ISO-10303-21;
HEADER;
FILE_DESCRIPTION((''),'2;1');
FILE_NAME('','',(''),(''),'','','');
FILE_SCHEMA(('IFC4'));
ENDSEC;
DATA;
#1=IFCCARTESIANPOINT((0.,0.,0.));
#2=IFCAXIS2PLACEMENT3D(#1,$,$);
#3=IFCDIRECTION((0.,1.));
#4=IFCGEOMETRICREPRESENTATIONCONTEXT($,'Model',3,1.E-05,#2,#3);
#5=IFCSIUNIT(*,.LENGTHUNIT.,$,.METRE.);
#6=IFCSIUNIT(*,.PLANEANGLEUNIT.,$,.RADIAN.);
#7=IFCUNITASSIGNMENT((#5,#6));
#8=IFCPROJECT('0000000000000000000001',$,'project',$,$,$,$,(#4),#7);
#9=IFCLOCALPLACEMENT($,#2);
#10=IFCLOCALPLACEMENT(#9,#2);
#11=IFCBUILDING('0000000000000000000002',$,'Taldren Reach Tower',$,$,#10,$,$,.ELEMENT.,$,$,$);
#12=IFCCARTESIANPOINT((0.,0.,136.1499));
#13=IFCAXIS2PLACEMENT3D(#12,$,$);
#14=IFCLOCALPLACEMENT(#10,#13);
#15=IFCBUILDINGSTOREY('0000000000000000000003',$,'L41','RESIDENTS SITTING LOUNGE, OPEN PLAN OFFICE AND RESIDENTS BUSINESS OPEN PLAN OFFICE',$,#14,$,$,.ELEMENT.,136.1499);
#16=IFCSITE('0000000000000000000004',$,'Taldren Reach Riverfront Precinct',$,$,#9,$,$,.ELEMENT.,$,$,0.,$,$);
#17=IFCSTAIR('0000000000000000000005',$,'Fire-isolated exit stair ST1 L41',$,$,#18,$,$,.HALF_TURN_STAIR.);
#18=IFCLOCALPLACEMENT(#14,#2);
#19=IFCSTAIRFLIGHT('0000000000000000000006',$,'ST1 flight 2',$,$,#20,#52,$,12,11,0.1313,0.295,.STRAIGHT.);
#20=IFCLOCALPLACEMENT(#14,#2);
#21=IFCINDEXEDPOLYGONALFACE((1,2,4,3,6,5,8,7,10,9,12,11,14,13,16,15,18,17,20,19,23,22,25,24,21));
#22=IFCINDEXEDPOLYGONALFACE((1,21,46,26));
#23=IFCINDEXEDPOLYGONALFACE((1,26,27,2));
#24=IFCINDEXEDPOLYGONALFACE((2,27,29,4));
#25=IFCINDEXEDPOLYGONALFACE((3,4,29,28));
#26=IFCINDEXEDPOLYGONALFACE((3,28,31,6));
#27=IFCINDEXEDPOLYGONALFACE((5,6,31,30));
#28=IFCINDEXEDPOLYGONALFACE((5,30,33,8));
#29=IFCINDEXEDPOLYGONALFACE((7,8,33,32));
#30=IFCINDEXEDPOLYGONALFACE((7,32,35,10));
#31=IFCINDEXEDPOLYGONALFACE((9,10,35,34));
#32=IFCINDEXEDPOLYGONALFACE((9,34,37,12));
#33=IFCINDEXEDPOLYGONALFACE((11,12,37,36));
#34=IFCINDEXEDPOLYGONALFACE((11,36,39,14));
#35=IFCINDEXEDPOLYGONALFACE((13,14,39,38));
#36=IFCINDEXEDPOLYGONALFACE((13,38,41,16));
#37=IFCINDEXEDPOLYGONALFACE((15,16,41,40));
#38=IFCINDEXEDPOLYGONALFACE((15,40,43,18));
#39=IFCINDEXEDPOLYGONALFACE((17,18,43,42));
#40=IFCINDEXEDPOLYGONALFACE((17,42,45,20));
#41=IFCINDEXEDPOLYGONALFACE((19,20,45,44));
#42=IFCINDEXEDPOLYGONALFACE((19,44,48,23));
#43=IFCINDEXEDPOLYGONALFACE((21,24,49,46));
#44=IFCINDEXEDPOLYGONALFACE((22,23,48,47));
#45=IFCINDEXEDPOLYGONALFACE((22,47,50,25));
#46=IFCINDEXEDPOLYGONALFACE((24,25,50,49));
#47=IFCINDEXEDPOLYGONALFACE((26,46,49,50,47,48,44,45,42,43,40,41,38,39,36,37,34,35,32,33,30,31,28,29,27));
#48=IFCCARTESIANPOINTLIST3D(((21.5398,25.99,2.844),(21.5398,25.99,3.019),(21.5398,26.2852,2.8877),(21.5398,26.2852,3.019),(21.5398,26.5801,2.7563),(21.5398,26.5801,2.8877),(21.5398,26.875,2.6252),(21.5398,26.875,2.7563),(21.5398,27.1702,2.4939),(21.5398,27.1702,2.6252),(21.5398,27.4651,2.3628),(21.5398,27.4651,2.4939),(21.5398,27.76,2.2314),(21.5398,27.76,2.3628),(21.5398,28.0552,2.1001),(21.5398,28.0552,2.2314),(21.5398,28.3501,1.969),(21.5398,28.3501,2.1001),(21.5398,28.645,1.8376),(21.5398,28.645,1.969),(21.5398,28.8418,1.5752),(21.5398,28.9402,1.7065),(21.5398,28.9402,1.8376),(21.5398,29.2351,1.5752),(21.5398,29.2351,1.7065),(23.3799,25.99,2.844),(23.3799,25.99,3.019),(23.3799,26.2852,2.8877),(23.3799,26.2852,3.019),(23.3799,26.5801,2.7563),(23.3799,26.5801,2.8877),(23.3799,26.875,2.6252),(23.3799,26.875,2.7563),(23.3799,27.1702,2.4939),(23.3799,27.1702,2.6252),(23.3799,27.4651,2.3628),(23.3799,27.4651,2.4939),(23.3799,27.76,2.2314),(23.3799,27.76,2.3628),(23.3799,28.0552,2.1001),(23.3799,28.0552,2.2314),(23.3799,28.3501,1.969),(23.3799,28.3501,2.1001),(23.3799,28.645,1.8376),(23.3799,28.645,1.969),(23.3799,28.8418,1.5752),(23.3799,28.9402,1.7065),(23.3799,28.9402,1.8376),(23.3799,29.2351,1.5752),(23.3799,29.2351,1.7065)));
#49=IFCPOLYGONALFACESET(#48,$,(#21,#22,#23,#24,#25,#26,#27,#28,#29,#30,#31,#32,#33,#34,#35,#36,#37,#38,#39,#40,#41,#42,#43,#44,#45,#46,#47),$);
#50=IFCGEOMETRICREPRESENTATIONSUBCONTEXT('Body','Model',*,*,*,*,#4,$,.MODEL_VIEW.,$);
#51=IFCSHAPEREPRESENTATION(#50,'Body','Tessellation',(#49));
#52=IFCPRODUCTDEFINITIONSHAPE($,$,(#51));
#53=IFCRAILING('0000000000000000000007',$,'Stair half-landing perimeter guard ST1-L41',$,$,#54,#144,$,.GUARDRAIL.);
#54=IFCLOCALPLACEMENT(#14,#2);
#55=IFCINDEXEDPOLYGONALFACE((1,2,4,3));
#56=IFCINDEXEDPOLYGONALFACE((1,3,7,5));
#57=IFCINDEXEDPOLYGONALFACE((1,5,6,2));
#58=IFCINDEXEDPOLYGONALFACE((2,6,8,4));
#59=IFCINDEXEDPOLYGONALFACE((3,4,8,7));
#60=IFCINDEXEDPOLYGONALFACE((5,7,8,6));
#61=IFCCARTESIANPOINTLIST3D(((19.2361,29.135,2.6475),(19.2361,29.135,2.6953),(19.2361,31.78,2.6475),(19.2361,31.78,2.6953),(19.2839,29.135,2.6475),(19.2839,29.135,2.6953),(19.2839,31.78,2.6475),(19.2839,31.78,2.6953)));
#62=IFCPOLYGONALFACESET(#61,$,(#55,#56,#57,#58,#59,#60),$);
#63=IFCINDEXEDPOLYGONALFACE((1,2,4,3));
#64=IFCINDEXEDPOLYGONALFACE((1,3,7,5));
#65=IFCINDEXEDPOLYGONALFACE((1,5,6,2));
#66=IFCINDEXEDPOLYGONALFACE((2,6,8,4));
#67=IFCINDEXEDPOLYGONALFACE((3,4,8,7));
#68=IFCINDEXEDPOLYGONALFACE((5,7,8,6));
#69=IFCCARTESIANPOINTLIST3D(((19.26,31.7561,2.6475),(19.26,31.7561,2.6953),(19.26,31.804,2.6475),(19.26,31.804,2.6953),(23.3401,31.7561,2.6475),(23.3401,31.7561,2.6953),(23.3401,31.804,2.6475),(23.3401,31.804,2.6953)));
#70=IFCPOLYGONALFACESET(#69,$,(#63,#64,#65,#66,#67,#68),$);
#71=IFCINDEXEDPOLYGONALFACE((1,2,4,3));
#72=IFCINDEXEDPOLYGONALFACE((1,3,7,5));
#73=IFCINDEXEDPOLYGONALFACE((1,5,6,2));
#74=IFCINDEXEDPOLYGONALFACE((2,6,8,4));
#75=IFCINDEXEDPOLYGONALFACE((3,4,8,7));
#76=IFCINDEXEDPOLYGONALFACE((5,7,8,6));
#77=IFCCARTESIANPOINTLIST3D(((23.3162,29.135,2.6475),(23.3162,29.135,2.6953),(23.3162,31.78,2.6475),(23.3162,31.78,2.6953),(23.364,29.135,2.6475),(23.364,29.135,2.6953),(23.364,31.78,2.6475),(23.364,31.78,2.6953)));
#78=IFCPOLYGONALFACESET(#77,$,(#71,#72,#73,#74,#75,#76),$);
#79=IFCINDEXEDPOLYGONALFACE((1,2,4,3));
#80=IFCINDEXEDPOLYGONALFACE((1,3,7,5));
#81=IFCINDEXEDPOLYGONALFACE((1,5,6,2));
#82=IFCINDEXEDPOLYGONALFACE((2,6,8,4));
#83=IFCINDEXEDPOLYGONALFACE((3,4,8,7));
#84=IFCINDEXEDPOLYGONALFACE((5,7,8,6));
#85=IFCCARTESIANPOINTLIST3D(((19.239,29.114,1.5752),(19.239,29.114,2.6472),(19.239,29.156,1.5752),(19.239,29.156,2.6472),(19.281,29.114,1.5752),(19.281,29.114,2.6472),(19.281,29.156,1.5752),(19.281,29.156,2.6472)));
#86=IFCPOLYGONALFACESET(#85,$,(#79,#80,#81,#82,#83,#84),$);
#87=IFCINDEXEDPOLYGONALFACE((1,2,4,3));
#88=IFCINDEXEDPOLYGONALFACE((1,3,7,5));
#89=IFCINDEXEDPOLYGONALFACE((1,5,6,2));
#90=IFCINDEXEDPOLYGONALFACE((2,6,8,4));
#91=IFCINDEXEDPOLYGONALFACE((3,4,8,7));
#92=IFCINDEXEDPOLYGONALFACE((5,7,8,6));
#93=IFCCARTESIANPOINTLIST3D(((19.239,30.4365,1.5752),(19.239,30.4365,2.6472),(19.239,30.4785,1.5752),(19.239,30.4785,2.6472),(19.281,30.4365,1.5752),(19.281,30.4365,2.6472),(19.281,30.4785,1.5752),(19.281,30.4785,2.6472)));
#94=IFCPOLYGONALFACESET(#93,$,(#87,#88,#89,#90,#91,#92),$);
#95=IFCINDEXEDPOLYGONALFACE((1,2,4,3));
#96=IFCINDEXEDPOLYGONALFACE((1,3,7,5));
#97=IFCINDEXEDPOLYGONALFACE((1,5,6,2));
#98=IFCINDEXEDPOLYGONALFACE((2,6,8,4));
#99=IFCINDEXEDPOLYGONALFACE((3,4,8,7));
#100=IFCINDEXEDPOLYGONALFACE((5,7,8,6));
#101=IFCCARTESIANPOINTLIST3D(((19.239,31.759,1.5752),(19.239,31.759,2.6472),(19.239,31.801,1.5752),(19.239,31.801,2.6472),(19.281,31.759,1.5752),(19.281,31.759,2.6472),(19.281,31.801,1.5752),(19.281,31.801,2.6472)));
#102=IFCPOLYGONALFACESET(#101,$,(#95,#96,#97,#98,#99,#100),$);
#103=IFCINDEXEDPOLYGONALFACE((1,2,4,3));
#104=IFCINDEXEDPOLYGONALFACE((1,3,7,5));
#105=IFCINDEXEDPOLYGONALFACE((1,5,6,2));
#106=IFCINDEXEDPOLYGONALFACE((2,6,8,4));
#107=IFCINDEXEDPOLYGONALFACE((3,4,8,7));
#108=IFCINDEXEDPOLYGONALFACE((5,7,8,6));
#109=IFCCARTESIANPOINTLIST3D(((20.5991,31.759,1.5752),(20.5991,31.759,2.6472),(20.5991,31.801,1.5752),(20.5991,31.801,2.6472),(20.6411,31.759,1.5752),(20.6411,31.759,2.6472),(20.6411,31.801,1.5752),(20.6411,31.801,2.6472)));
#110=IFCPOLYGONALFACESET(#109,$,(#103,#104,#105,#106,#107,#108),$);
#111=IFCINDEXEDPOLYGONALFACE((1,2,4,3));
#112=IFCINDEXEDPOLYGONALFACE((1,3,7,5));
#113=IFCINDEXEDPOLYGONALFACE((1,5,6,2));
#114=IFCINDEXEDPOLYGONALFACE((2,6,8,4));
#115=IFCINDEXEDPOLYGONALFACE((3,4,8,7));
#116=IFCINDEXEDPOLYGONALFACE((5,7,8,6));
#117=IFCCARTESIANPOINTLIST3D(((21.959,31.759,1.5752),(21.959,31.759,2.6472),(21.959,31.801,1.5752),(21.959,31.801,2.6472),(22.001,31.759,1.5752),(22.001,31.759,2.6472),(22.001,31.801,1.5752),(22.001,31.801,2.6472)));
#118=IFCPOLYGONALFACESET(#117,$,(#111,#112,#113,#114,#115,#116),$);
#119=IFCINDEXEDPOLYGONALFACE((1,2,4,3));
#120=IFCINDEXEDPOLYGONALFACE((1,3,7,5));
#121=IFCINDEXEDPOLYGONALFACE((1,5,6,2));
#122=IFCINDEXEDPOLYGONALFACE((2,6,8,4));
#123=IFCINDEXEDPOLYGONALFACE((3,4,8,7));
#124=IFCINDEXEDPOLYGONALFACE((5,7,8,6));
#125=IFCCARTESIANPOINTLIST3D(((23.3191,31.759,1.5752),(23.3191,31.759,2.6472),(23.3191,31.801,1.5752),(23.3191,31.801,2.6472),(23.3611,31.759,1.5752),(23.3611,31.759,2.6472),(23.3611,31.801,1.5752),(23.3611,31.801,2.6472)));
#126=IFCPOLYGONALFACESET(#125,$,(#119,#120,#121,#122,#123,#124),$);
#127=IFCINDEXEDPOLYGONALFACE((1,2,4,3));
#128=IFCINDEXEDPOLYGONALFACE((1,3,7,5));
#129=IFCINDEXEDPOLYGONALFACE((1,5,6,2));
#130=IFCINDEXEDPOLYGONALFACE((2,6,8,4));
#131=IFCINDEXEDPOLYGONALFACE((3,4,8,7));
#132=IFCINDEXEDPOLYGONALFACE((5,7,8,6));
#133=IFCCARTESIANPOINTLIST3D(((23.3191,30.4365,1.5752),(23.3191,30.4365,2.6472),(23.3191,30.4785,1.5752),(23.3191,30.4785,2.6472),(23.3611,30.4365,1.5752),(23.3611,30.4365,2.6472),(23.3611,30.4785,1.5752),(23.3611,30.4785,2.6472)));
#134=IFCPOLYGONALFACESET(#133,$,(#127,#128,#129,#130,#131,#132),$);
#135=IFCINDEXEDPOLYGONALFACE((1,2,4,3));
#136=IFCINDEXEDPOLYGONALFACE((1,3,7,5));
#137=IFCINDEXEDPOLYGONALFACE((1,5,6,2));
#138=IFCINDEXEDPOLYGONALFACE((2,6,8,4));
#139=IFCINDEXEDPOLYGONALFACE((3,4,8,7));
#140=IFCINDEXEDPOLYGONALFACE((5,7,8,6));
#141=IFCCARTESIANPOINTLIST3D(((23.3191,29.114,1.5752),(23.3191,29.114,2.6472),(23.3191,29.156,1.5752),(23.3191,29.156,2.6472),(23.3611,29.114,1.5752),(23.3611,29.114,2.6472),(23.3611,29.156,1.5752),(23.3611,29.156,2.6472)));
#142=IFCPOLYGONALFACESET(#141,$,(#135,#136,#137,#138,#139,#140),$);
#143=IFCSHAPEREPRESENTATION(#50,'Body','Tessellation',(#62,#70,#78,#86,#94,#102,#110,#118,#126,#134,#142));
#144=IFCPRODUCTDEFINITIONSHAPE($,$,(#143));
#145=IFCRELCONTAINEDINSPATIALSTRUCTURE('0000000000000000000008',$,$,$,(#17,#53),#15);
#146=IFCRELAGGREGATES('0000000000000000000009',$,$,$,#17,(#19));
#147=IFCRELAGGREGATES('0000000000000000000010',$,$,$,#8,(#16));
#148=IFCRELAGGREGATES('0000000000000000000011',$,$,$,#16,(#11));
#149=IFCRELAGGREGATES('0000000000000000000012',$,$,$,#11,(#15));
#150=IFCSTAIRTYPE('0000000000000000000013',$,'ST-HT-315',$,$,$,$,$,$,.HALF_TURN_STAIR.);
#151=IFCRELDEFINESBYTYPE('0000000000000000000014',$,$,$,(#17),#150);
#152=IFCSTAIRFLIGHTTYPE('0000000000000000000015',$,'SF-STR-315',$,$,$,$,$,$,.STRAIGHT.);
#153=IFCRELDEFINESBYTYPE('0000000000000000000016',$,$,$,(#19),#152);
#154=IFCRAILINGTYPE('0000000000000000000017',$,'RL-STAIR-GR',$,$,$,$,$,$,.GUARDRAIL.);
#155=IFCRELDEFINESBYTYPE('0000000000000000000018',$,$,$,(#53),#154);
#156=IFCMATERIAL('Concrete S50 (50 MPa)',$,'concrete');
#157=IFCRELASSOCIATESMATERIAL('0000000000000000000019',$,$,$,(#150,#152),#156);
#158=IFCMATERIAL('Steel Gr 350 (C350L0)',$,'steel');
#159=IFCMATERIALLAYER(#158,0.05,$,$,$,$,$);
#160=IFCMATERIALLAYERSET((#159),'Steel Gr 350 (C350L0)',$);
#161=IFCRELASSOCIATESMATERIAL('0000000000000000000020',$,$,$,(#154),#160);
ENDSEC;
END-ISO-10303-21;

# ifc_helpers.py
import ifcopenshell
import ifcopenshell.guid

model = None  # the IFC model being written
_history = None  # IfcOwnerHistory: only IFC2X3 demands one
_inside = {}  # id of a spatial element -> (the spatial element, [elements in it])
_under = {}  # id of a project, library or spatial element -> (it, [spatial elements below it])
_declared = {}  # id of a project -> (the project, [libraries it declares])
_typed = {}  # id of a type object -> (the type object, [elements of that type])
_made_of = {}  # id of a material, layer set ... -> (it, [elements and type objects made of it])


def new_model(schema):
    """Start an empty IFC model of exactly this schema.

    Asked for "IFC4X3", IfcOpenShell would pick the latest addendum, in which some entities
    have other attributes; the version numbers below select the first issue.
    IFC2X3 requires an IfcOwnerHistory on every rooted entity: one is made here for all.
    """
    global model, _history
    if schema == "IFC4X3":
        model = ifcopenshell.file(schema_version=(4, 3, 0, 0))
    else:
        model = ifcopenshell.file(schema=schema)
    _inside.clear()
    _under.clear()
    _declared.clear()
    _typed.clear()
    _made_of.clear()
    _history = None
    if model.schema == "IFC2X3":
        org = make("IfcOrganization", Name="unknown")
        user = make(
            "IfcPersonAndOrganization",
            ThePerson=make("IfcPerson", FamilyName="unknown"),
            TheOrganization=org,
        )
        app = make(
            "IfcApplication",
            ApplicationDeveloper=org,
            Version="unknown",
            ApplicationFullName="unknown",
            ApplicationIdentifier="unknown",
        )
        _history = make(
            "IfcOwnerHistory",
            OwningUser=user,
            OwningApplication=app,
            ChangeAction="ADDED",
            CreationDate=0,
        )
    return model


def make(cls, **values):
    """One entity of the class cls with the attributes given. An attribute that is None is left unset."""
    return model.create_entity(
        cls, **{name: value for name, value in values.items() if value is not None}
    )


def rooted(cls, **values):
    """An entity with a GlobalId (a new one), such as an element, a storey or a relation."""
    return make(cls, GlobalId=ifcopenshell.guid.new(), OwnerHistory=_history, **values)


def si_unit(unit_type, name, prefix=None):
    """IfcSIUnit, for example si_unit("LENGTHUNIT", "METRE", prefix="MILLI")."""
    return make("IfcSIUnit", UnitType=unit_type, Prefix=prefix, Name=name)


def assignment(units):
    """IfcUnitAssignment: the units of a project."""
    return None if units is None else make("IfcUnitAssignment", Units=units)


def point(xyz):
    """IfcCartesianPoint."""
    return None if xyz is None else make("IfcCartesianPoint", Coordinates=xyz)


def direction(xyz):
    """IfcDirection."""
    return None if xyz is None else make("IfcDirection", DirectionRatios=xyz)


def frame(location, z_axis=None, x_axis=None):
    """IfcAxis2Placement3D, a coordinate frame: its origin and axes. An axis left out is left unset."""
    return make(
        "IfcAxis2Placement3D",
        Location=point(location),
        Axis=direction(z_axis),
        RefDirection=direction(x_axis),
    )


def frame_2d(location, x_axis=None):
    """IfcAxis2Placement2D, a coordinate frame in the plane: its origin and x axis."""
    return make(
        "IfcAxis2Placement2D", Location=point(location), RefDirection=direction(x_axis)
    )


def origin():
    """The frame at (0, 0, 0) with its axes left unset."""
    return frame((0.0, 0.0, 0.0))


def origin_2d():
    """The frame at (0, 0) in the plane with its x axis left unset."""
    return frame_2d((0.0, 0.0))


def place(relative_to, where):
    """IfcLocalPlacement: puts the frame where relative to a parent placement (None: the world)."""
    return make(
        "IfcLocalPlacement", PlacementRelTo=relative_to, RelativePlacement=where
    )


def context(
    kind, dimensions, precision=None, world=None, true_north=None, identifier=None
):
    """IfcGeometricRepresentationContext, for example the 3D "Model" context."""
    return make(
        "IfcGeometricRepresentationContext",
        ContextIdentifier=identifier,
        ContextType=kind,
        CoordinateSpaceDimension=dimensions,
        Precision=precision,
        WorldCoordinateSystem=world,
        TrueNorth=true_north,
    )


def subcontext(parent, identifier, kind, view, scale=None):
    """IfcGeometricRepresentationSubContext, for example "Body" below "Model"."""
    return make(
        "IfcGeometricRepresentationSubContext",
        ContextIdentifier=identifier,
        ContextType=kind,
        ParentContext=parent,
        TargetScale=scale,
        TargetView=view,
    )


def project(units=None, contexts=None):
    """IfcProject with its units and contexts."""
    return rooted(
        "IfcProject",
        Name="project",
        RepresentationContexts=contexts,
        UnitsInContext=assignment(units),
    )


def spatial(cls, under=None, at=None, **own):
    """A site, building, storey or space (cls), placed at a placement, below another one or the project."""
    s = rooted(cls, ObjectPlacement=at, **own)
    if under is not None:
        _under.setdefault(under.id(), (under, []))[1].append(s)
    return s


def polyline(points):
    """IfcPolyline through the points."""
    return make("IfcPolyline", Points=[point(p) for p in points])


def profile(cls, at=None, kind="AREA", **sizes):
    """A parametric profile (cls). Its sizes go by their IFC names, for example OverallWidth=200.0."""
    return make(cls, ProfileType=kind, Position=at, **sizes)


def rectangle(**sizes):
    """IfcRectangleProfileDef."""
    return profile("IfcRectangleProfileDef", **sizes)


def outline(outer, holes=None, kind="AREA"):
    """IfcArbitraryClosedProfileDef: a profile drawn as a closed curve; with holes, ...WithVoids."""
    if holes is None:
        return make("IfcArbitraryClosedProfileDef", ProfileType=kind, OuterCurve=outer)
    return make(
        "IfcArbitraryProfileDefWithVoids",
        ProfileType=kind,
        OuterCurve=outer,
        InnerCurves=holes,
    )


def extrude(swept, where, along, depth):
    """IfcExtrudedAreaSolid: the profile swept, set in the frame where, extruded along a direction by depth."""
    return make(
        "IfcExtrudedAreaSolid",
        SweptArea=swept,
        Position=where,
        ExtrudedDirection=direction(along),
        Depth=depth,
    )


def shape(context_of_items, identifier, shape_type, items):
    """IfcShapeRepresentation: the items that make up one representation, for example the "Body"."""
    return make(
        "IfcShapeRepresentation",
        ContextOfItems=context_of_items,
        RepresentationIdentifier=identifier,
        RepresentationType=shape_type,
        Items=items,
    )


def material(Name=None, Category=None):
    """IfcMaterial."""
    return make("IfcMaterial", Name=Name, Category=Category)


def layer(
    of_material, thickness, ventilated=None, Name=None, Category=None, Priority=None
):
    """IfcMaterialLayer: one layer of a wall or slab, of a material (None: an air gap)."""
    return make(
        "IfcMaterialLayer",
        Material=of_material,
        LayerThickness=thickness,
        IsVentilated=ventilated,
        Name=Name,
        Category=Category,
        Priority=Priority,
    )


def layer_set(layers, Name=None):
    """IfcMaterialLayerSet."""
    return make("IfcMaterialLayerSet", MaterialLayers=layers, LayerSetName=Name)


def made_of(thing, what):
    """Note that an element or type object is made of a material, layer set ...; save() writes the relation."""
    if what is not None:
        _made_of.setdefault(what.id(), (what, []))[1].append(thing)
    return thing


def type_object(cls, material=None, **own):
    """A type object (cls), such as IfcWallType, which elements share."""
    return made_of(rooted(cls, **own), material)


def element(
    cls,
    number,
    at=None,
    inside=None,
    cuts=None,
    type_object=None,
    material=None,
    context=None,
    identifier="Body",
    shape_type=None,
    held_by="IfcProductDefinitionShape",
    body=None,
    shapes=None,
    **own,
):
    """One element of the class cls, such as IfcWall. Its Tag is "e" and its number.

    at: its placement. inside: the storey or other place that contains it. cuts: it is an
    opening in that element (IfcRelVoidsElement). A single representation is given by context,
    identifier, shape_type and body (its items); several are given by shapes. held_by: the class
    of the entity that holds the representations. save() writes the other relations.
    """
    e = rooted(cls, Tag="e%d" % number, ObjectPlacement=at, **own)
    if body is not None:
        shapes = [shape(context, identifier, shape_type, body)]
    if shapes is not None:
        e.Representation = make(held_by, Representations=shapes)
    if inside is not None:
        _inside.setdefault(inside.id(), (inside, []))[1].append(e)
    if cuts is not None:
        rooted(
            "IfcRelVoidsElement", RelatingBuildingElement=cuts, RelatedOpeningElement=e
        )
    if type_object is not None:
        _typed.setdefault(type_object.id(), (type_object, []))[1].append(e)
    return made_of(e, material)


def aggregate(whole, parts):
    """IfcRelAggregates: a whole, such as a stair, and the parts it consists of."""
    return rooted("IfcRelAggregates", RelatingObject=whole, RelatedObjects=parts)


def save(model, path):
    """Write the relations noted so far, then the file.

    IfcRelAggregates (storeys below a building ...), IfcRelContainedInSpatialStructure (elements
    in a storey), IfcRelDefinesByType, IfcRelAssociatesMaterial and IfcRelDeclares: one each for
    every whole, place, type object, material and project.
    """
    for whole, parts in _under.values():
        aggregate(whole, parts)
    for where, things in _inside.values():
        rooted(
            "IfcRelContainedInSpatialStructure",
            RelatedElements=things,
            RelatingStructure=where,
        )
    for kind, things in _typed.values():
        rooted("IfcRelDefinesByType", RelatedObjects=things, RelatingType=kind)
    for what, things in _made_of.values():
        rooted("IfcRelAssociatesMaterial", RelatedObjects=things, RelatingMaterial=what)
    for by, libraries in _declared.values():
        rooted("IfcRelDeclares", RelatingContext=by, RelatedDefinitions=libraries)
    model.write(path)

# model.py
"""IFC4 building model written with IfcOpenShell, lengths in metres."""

from ifc_helpers import new_model, si_unit, direction, frame, origin, origin_2d, place, context, subcontext, project, spatial, polyline, rectangle, outline, extrude, material, layer, layer_set, type_object, element, aggregate, save


model = new_model("IFC4")

# Units and contexts
model_context = context("Model", 3, precision=1e-05, world=origin(), true_north=direction((0.0, 1.0)))
body_context = subcontext(model_context, "Body", "Model", "MODEL_VIEW")
ifc_project = project(units=[si_unit("LENGTHUNIT", "METRE"), si_unit("PLANEANGLEUNIT", "RADIAN")], contexts=[model_context])

# Site, building, storey
site_placement = place(None, origin())
site = spatial("IfcSite", under=ifc_project, at=site_placement, Name="Taldren Reach Riverfront Precinct", CompositionType="ELEMENT", RefElevation=0.0)
building_placement = place(site_placement, origin())
building = spatial("IfcBuilding", under=site, at=building_placement, Name="Taldren Reach Tower", CompositionType="ELEMENT")
storey_placement = place(building_placement, frame((0.0, 0.0, 136.1499)))
storey = spatial("IfcBuildingStorey", under=building, at=storey_placement, Name="L41", Description="RESIDENTS SITTING LOUNGE, OPEN PLAN OFFICE AND RESIDENTS BUSINESS OPEN PLAN OFFICE", CompositionType="ELEMENT", Elevation=136.1499)

# Shared definitions
ifc_material_1 = material(Name="Steel Gr 350 (C350L0)", Category="steel")

# Stair, stair flight
ifc_material_2 = material(Name="Concrete S50 (50 MPa)", Category="concrete")
stair_type = type_object("IfcStairType", Name="ST-HT-315", PredefinedType="HALF_TURN_STAIR", material=ifc_material_2)
stair_placement = place(storey_placement, origin())
stair = element("IfcStair", 1, at=stair_placement, inside=storey, type_object=stair_type, Name="Fire-isolated exit stair ST1 L41", PredefinedType="HALF_TURN_STAIR")
stair_flight_type = type_object("IfcStairFlightType", Name="SF-STR-315", PredefinedType="STRAIGHT", material=ifc_material_2)
stair_flight_1_placement = place(storey_placement, frame((22.46, 29.2351, 1.5752), z_axis=(0.0, 0.0, 1.0), x_axis=(0.0, -1.0, 0.0)))
stair_flight_1 = element("IfcStairFlight", 2, at=stair_flight_1_placement, type_object=stair_flight_type, Name="ST1 flight 2", NumberOfRisers=12, NumberOfTreads=11, PredefinedType="STRAIGHT", RiserHeight=0.1313, TreadLength=0.295, context=body_context, shape_type="SweptSolid", body=[
    extrude(outline(polyline([(0.0, 0.0), (0.0, 0.1313), (0.2949, 0.1313), (0.2949, 0.2625), (0.5901, 0.2625), (0.5901, 0.3938), (0.885, 0.3938), (0.885, 0.5249), (1.1799, 0.5249), (1.1799, 0.6562), (1.4751, 0.6562), (1.4751, 0.7876), (1.77, 0.7876), (1.77, 0.9187), (2.0649, 0.9187), (2.0649, 1.05), (2.3601, 1.05), (2.3601, 1.1812), (2.655, 1.1812), (2.655, 1.3125), (2.95, 1.3125), (2.95, 1.4438), (3.2451, 1.4438), (3.2451, 1.575), (3.2451, 1.2688), (0.3933, 0.0), (0.0, 0.0)])), frame((0.0, 0.9199, 0.0), z_axis=(0.0, -1.0, 0.0), x_axis=(1.0, 0.0, 0.0)), (0.0, 0.0, 1.0), 1.8401),
])
aggregate(stair, [stair_flight_1])

# Railing
ifc_layer_1 = layer(ifc_material_1, 0.05)
ifc_layer_set_1 = layer_set([ifc_layer_1], Name="Steel Gr 350 (C350L0)")
railing_type_1 = type_object("IfcRailingType", Name="RL-STAIR-GR", PredefinedType="GUARDRAIL", material=ifc_layer_set_1)
railing_1_placement = place(storey_placement, frame((19.26, 29.135, 1.5752)))
element("IfcRailing", 3, at=railing_1_placement, inside=storey, type_object=railing_type_1, Name="Stair half-landing perimeter guard ST1-L41", PredefinedType="GUARDRAIL", context=body_context, shape_type="SweptSolid", body=[
    extrude(rectangle(XDim=0.0479, YDim=0.0479, at=origin_2d()), frame((0.0, 0.0, 1.0962), z_axis=(0.0, 1.0, 0.0), x_axis=(-1.0, 0.0, 0.0)), (0.0, 0.0, 1.0), 2.645),
    extrude(rectangle(XDim=0.0479, YDim=0.0479, at=origin_2d()), frame((0.0, 2.645, 1.0962), z_axis=(1.0, 0.0, 0.0), x_axis=(0.0, 1.0, 0.0)), (0.0, 0.0, 1.0), 4.0801),
    extrude(rectangle(XDim=0.0479, YDim=0.0479, at=origin_2d()), frame((4.0801, 2.645, 1.0962), z_axis=(0.0, -1.0, 0.0), x_axis=(1.0, 0.0, 0.0)), (0.0, 0.0, 1.0), 2.645),
    extrude(rectangle(XDim=0.042, YDim=0.042, at=origin_2d()), origin(), (0.0, 0.0, 1.0), 1.072),
    extrude(rectangle(XDim=0.042, YDim=0.042, at=origin_2d()), frame((0.0, 1.3225, 0.0)), (0.0, 0.0, 1.0), 1.072),
    extrude(rectangle(XDim=0.042, YDim=0.042, at=origin_2d()), frame((0.0, 2.645, 0.0)), (0.0, 0.0, 1.0), 1.072),
    extrude(rectangle(XDim=0.042, YDim=0.042, at=origin_2d()), frame((1.3601, 2.645, 0.0)), (0.0, 0.0, 1.0), 1.072),
    extrude(rectangle(XDim=0.042, YDim=0.042, at=origin_2d()), frame((2.72, 2.645, 0.0)), (0.0, 0.0, 1.0), 1.072),
    extrude(rectangle(XDim=0.042, YDim=0.042, at=origin_2d()), frame((4.0801, 2.645, 0.0)), (0.0, 0.0, 1.0), 1.072),
    extrude(rectangle(XDim=0.042, YDim=0.042, at=origin_2d()), frame((4.0801, 1.3225, 0.0)), (0.0, 0.0, 1.0), 1.072),
    extrude(rectangle(XDim=0.042, YDim=0.042, at=origin_2d()), frame((4.0801, 0.0, 0.0)), (0.0, 0.0, 1.0), 1.072),
])

save(model, "model.ifc")
